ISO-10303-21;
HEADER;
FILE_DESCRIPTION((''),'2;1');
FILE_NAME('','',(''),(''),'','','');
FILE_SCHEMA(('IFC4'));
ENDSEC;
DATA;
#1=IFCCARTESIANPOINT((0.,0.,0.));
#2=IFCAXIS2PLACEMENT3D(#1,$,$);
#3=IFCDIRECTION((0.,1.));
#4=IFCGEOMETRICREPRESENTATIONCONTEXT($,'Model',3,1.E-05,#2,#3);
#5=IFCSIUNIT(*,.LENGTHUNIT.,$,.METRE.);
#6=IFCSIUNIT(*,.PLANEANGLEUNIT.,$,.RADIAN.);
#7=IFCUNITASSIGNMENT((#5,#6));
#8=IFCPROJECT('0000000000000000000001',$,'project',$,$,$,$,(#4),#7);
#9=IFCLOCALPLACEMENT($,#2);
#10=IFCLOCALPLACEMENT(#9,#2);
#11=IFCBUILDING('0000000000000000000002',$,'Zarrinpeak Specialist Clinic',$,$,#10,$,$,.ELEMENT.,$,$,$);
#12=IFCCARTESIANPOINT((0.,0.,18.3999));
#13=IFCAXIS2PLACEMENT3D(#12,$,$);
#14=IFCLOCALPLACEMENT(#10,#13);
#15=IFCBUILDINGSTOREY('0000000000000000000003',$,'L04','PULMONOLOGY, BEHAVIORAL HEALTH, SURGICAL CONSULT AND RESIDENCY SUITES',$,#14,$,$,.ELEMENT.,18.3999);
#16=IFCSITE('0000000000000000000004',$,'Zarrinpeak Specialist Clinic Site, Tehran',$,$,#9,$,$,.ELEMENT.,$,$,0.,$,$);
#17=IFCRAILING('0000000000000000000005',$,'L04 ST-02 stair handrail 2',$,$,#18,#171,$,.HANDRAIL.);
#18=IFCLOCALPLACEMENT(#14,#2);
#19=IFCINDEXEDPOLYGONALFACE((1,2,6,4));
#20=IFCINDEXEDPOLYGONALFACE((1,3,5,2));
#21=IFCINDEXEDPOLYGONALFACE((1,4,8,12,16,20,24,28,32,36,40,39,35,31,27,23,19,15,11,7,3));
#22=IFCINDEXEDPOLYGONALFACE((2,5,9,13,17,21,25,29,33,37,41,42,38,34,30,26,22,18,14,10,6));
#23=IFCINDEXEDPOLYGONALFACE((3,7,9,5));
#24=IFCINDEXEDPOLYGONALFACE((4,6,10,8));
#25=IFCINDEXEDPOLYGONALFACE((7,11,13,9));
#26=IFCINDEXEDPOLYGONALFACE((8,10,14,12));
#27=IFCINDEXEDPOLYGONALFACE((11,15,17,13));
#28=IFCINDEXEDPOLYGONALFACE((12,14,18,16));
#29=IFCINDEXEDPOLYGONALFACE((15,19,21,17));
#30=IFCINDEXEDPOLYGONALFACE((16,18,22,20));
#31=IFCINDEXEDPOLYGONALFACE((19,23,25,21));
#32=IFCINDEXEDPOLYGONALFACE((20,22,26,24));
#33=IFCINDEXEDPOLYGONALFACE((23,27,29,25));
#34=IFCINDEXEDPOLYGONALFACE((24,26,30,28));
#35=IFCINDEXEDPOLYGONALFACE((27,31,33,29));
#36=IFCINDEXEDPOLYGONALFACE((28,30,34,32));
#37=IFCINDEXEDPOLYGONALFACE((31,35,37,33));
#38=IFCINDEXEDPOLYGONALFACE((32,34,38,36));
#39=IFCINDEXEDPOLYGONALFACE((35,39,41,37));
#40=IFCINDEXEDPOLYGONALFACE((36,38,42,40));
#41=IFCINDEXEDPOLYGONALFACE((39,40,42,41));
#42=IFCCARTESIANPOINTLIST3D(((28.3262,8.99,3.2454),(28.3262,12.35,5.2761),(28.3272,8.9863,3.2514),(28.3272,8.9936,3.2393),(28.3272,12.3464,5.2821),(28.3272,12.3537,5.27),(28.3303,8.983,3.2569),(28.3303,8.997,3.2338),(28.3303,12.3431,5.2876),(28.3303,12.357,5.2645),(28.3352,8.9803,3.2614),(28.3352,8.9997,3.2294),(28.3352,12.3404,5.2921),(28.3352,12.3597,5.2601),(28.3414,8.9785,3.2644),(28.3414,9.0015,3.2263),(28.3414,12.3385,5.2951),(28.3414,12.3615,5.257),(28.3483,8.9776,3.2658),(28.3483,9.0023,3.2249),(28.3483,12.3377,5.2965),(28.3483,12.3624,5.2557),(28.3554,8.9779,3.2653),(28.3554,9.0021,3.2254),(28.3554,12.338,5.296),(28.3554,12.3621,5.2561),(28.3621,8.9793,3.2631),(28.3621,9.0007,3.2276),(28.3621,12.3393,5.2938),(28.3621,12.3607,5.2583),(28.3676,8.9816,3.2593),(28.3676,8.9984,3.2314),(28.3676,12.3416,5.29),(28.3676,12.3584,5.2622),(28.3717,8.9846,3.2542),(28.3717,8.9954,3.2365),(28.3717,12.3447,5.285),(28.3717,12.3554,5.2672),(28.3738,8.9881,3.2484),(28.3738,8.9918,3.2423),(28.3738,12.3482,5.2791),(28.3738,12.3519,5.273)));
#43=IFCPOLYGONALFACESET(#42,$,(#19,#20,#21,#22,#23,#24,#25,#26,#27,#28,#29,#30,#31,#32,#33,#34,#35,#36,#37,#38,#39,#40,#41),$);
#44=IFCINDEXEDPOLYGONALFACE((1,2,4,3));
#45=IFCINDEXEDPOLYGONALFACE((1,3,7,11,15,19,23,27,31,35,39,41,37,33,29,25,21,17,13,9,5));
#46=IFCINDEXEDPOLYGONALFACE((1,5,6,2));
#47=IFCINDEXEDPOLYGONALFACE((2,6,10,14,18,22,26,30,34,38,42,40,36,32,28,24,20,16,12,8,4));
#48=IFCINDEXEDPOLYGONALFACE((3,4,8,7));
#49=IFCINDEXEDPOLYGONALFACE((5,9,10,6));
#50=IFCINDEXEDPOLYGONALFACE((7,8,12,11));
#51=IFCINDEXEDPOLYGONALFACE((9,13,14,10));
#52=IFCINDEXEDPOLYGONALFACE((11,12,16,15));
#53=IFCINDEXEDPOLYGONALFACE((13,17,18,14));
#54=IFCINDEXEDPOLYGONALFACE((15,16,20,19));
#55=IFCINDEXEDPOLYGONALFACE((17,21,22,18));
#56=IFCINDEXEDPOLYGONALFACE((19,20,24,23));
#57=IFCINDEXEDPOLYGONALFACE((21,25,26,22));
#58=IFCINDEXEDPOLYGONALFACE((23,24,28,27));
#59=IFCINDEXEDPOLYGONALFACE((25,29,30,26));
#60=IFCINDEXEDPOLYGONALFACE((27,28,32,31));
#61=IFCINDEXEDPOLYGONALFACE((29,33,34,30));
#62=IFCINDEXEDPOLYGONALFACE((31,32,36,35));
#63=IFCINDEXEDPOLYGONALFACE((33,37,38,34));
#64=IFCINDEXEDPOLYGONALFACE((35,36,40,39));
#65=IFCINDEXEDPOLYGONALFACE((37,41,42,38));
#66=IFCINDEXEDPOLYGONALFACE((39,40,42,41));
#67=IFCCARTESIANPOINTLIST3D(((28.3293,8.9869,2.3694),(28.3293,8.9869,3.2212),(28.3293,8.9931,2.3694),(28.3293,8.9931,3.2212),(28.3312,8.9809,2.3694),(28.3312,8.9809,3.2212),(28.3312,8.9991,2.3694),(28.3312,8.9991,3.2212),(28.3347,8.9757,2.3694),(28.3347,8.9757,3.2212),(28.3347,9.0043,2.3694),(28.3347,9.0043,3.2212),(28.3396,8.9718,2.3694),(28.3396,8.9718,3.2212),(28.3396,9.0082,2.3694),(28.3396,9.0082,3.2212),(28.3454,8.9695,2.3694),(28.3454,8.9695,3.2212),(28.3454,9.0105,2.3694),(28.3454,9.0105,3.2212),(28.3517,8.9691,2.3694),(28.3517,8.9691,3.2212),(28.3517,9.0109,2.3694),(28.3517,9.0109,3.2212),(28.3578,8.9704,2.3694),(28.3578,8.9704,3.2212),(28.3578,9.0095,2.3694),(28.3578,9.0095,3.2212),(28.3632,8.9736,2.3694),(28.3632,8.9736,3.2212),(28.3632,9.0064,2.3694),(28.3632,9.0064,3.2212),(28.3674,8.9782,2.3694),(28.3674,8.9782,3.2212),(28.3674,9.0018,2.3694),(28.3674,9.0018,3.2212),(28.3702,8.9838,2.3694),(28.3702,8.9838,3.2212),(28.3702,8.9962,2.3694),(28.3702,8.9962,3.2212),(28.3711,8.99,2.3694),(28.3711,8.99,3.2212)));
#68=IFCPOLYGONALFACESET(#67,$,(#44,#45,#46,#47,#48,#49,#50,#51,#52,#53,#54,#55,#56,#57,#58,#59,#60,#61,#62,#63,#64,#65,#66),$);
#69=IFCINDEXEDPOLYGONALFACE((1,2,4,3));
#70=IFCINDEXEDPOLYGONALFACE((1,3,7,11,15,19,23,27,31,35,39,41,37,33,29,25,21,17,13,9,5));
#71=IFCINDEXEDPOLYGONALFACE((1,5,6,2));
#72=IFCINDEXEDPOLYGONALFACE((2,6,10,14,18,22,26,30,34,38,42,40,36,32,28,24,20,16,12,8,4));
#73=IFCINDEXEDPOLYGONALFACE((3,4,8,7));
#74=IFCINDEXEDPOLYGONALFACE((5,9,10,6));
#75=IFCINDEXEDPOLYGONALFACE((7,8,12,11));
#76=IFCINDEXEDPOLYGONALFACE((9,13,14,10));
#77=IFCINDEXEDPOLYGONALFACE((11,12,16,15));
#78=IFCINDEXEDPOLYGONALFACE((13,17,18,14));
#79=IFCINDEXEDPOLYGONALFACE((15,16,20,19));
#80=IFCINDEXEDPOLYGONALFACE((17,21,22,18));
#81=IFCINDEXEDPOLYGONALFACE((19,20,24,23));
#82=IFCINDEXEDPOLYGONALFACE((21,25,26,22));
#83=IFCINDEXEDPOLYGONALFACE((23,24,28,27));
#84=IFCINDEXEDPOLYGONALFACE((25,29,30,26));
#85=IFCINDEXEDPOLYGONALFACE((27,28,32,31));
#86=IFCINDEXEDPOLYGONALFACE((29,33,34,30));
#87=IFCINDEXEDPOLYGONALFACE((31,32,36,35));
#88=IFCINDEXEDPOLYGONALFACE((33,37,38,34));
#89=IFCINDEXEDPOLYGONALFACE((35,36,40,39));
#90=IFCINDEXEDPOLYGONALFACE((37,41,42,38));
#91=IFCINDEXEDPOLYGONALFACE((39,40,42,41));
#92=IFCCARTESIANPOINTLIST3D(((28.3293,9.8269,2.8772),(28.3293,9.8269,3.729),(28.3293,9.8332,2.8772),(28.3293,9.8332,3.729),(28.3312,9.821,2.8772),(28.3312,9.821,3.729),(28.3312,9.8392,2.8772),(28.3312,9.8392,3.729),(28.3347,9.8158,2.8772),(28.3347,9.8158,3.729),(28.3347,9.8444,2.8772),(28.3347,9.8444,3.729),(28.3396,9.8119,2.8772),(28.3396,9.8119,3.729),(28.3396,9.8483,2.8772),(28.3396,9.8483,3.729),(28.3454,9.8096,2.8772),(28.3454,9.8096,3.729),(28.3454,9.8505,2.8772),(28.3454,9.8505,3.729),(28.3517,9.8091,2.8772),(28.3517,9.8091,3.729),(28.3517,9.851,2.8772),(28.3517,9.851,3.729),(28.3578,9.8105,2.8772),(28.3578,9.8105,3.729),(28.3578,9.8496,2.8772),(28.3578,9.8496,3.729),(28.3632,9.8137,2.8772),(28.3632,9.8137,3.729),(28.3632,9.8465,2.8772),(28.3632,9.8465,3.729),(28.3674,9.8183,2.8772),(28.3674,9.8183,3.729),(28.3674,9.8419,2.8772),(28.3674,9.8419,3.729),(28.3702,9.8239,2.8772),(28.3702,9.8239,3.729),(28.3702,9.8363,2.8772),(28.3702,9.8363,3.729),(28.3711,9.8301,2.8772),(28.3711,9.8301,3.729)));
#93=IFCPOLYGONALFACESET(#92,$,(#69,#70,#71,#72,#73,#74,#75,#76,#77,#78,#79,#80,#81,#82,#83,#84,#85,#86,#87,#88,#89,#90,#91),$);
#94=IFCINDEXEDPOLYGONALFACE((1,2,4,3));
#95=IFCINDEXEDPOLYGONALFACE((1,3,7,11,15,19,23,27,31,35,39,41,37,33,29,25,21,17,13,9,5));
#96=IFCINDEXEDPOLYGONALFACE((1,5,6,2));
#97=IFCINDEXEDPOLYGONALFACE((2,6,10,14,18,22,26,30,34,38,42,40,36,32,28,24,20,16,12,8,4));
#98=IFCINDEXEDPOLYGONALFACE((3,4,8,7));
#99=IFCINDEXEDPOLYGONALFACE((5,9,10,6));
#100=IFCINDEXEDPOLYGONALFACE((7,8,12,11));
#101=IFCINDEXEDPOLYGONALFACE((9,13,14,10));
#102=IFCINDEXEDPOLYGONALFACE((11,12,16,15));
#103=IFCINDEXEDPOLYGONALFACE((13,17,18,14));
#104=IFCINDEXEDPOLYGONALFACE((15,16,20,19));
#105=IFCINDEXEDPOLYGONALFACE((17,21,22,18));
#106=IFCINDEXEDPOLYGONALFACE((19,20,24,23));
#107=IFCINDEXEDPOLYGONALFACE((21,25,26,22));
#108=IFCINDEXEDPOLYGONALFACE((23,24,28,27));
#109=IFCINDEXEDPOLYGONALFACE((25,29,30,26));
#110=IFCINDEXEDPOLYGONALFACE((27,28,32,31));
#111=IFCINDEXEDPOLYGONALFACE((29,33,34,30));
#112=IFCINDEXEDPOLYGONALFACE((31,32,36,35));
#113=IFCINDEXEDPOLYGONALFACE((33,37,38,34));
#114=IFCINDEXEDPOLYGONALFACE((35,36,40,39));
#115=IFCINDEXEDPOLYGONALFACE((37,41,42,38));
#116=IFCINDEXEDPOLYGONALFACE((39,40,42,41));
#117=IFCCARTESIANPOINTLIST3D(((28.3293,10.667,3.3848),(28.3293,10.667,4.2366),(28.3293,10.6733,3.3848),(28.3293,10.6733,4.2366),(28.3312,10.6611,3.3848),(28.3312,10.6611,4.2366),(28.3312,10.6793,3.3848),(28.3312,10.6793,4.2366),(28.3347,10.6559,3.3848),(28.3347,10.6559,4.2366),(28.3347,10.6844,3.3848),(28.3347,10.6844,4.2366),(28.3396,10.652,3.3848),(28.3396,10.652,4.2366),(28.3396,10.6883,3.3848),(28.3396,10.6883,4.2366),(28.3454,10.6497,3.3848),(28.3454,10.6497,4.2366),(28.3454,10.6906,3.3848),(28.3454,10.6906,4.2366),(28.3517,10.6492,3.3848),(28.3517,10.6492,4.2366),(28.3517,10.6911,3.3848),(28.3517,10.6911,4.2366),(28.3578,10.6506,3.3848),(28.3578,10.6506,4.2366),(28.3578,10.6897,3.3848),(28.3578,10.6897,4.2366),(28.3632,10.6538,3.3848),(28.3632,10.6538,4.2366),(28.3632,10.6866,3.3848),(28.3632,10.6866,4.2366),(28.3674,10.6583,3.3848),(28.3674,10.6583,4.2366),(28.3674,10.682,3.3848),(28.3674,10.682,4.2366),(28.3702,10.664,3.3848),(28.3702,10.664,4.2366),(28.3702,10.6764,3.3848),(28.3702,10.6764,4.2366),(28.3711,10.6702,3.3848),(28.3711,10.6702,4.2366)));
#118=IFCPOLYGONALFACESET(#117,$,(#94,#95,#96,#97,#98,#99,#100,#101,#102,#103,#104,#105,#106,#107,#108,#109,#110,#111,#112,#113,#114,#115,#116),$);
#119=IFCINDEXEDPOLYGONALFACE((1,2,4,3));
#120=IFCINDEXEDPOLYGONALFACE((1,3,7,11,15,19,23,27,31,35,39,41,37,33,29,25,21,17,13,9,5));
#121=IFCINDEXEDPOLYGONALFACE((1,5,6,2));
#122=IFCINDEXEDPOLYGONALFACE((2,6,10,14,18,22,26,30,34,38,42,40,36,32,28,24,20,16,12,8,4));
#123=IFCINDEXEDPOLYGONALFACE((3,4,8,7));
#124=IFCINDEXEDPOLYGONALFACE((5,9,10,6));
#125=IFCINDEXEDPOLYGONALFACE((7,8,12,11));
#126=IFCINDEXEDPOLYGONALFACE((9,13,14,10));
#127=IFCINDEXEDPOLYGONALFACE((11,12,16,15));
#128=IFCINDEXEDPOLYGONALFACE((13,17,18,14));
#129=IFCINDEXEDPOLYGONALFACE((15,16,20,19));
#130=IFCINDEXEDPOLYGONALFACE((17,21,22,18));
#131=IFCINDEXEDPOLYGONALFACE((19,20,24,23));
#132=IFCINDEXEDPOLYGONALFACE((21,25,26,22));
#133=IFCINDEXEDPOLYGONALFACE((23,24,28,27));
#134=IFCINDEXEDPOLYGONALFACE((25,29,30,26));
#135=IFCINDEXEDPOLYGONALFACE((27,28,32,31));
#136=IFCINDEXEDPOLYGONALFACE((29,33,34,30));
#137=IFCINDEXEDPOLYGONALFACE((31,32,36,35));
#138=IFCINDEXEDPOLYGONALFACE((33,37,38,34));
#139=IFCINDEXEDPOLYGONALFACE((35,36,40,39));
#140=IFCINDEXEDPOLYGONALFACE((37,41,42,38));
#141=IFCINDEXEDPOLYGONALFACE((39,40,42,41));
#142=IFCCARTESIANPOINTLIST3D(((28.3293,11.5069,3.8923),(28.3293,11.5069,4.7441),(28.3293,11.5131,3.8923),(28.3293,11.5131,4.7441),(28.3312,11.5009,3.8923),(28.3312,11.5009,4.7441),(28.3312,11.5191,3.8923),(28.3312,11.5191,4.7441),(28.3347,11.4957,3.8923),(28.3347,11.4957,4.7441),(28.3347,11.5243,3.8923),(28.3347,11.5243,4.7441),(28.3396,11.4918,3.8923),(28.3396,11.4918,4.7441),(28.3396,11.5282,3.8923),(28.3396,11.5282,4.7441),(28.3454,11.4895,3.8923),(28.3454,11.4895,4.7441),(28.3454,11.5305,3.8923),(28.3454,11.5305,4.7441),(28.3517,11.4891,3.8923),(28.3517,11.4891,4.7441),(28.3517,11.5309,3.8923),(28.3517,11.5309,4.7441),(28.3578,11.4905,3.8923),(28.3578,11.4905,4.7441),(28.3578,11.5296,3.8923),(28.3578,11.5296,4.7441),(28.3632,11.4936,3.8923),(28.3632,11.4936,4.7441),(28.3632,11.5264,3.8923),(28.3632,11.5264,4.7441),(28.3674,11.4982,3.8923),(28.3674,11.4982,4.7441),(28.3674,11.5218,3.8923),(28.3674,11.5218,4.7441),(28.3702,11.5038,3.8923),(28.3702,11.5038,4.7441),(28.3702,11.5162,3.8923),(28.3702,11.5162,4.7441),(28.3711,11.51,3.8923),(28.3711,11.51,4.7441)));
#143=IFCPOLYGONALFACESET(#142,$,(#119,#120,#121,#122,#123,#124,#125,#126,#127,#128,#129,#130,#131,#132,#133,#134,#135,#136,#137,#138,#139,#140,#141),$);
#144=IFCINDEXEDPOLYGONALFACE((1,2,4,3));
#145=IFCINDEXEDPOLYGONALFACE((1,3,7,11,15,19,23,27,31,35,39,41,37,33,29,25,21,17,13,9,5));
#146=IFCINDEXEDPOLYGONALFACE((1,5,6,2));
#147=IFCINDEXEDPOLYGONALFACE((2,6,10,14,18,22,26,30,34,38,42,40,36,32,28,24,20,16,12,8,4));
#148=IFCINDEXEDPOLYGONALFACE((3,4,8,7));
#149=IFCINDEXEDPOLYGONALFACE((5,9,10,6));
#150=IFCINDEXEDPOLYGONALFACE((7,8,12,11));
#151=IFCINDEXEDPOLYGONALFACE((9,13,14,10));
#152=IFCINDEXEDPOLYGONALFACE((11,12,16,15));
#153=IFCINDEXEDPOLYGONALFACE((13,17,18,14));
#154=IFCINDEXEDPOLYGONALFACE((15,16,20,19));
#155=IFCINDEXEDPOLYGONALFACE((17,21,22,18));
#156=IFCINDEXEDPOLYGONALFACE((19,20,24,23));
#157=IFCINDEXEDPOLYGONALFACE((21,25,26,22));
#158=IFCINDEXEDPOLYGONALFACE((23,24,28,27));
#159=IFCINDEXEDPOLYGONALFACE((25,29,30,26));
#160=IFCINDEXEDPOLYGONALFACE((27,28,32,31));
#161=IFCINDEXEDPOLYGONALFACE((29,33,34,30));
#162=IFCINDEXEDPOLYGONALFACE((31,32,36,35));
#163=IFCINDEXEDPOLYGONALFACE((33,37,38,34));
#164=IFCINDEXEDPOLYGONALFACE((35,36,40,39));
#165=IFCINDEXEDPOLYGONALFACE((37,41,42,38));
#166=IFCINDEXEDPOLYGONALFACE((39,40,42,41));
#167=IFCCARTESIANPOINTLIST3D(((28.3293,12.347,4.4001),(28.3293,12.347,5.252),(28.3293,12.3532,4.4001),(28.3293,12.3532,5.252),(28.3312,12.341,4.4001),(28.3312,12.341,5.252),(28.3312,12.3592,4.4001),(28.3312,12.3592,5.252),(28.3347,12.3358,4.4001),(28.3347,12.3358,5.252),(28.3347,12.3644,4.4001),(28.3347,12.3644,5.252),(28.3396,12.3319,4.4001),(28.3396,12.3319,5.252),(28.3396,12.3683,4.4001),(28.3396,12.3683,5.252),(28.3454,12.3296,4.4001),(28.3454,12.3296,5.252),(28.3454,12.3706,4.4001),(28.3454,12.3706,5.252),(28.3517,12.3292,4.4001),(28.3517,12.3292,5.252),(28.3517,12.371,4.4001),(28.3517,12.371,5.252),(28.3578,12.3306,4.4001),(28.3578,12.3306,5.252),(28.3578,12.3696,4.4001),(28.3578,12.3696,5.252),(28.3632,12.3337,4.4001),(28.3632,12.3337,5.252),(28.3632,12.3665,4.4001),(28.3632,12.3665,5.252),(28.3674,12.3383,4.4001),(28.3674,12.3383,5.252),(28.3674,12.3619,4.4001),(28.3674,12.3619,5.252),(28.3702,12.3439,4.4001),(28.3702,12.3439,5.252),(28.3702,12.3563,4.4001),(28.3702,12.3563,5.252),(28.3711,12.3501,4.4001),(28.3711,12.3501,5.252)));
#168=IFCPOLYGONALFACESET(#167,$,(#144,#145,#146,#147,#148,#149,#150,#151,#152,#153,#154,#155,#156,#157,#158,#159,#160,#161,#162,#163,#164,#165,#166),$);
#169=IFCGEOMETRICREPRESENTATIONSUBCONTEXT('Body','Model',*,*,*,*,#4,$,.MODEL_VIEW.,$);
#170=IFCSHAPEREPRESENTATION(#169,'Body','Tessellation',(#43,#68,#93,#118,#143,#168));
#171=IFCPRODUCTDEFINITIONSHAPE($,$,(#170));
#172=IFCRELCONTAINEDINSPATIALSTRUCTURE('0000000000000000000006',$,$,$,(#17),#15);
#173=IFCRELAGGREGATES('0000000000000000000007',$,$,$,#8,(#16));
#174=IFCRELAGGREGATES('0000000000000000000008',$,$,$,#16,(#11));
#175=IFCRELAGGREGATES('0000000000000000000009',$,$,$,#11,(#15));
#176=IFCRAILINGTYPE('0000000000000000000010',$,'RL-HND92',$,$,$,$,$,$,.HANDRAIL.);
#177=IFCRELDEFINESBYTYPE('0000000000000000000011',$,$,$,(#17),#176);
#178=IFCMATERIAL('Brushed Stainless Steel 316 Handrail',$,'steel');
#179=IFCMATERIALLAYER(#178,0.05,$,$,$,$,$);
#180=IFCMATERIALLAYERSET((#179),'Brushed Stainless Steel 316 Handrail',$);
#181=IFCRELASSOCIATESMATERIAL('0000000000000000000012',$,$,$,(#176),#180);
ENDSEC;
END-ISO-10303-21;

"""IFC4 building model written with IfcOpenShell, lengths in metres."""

from ifc_helpers import new_model, si_unit, direction, frame, origin, origin_2d, place, context, subcontext, project, spatial, circle, extrude, material, layer, layer_set, type_object, element, save


model = new_model("IFC4")

# Units and contexts
model_context = context("Model", 3, precision=1e-05, world=origin(), true_north=direction((0.0, 1.0)))
body_context = subcontext(model_context, "Body", "Model", "MODEL_VIEW")
ifc_project = project(units=[si_unit("LENGTHUNIT", "METRE"), si_unit("PLANEANGLEUNIT", "RADIAN")], contexts=[model_context])

# Site, building, storey
site_placement = place(None, origin())
site = spatial("IfcSite", under=ifc_project, at=site_placement, Name="Zarrinpeak Specialist Clinic Site, Tehran", CompositionType="ELEMENT", RefElevation=0.0)
building_placement = place(site_placement, origin())
building = spatial("IfcBuilding", under=site, at=building_placement, Name="Zarrinpeak Specialist Clinic", CompositionType="ELEMENT")
storey_placement = place(building_placement, frame((0.0, 0.0, 18.3999)))
storey = spatial("IfcBuildingStorey", under=building, at=storey_placement, Name="L04", Description="PULMONOLOGY, BEHAVIORAL HEALTH, SURGICAL CONSULT AND RESIDENCY SUITES", CompositionType="ELEMENT", Elevation=18.3999)

# Railing
ifc_material_1 = material(Name="Brushed Stainless Steel 316 Handrail", Category="steel")
ifc_layer_1 = layer(ifc_material_1, 0.05)
ifc_layer_set_1 = layer_set([ifc_layer_1], Name="Brushed Stainless Steel 316 Handrail")
railing_type_1 = type_object("IfcRailingType", Name="RL-HND92", PredefinedType="HANDRAIL", material=ifc_layer_set_1)
railing_1_placement = place(storey_placement, frame((28.3501, 8.99, 2.3694)))
element("IfcRailing", 1, at=railing_1_placement, inside=storey, type_object=railing_type_1, Name="L04 ST-02 stair handrail 2", PredefinedType="HANDRAIL", context=body_context, shape_type="SweptSolid", body=[
    extrude(circle(Radius=0.0239, at=origin_2d()), frame((0.0, 0.0, 0.876), z_axis=(0.0, 0.855837, 0.517246), x_axis=(-1.0, 0.0, 0.0)), (0.0, 0.0, 1.0), 3.926),
    extrude(circle(Radius=0.021, at=origin_2d()), origin(), (0.0, 0.0, 1.0), 0.8518),
    extrude(circle(Radius=0.021, at=origin_2d()), frame((0.0, 0.8401, 0.5078)), (0.0, 0.0, 1.0), 0.8518),
    extrude(circle(Radius=0.021, at=origin_2d()), frame((0.0, 1.6802, 1.0154)), (0.0, 0.0, 1.0), 0.8518),
    extrude(circle(Radius=0.021, at=origin_2d()), frame((0.0, 2.52, 1.5229)), (0.0, 0.0, 1.0), 0.8518),
    extrude(circle(Radius=0.021, at=origin_2d()), frame((0.0, 3.3601, 2.0308)), (0.0, 0.0, 1.0), 0.8518),
])

save(model, "model.ifc")
